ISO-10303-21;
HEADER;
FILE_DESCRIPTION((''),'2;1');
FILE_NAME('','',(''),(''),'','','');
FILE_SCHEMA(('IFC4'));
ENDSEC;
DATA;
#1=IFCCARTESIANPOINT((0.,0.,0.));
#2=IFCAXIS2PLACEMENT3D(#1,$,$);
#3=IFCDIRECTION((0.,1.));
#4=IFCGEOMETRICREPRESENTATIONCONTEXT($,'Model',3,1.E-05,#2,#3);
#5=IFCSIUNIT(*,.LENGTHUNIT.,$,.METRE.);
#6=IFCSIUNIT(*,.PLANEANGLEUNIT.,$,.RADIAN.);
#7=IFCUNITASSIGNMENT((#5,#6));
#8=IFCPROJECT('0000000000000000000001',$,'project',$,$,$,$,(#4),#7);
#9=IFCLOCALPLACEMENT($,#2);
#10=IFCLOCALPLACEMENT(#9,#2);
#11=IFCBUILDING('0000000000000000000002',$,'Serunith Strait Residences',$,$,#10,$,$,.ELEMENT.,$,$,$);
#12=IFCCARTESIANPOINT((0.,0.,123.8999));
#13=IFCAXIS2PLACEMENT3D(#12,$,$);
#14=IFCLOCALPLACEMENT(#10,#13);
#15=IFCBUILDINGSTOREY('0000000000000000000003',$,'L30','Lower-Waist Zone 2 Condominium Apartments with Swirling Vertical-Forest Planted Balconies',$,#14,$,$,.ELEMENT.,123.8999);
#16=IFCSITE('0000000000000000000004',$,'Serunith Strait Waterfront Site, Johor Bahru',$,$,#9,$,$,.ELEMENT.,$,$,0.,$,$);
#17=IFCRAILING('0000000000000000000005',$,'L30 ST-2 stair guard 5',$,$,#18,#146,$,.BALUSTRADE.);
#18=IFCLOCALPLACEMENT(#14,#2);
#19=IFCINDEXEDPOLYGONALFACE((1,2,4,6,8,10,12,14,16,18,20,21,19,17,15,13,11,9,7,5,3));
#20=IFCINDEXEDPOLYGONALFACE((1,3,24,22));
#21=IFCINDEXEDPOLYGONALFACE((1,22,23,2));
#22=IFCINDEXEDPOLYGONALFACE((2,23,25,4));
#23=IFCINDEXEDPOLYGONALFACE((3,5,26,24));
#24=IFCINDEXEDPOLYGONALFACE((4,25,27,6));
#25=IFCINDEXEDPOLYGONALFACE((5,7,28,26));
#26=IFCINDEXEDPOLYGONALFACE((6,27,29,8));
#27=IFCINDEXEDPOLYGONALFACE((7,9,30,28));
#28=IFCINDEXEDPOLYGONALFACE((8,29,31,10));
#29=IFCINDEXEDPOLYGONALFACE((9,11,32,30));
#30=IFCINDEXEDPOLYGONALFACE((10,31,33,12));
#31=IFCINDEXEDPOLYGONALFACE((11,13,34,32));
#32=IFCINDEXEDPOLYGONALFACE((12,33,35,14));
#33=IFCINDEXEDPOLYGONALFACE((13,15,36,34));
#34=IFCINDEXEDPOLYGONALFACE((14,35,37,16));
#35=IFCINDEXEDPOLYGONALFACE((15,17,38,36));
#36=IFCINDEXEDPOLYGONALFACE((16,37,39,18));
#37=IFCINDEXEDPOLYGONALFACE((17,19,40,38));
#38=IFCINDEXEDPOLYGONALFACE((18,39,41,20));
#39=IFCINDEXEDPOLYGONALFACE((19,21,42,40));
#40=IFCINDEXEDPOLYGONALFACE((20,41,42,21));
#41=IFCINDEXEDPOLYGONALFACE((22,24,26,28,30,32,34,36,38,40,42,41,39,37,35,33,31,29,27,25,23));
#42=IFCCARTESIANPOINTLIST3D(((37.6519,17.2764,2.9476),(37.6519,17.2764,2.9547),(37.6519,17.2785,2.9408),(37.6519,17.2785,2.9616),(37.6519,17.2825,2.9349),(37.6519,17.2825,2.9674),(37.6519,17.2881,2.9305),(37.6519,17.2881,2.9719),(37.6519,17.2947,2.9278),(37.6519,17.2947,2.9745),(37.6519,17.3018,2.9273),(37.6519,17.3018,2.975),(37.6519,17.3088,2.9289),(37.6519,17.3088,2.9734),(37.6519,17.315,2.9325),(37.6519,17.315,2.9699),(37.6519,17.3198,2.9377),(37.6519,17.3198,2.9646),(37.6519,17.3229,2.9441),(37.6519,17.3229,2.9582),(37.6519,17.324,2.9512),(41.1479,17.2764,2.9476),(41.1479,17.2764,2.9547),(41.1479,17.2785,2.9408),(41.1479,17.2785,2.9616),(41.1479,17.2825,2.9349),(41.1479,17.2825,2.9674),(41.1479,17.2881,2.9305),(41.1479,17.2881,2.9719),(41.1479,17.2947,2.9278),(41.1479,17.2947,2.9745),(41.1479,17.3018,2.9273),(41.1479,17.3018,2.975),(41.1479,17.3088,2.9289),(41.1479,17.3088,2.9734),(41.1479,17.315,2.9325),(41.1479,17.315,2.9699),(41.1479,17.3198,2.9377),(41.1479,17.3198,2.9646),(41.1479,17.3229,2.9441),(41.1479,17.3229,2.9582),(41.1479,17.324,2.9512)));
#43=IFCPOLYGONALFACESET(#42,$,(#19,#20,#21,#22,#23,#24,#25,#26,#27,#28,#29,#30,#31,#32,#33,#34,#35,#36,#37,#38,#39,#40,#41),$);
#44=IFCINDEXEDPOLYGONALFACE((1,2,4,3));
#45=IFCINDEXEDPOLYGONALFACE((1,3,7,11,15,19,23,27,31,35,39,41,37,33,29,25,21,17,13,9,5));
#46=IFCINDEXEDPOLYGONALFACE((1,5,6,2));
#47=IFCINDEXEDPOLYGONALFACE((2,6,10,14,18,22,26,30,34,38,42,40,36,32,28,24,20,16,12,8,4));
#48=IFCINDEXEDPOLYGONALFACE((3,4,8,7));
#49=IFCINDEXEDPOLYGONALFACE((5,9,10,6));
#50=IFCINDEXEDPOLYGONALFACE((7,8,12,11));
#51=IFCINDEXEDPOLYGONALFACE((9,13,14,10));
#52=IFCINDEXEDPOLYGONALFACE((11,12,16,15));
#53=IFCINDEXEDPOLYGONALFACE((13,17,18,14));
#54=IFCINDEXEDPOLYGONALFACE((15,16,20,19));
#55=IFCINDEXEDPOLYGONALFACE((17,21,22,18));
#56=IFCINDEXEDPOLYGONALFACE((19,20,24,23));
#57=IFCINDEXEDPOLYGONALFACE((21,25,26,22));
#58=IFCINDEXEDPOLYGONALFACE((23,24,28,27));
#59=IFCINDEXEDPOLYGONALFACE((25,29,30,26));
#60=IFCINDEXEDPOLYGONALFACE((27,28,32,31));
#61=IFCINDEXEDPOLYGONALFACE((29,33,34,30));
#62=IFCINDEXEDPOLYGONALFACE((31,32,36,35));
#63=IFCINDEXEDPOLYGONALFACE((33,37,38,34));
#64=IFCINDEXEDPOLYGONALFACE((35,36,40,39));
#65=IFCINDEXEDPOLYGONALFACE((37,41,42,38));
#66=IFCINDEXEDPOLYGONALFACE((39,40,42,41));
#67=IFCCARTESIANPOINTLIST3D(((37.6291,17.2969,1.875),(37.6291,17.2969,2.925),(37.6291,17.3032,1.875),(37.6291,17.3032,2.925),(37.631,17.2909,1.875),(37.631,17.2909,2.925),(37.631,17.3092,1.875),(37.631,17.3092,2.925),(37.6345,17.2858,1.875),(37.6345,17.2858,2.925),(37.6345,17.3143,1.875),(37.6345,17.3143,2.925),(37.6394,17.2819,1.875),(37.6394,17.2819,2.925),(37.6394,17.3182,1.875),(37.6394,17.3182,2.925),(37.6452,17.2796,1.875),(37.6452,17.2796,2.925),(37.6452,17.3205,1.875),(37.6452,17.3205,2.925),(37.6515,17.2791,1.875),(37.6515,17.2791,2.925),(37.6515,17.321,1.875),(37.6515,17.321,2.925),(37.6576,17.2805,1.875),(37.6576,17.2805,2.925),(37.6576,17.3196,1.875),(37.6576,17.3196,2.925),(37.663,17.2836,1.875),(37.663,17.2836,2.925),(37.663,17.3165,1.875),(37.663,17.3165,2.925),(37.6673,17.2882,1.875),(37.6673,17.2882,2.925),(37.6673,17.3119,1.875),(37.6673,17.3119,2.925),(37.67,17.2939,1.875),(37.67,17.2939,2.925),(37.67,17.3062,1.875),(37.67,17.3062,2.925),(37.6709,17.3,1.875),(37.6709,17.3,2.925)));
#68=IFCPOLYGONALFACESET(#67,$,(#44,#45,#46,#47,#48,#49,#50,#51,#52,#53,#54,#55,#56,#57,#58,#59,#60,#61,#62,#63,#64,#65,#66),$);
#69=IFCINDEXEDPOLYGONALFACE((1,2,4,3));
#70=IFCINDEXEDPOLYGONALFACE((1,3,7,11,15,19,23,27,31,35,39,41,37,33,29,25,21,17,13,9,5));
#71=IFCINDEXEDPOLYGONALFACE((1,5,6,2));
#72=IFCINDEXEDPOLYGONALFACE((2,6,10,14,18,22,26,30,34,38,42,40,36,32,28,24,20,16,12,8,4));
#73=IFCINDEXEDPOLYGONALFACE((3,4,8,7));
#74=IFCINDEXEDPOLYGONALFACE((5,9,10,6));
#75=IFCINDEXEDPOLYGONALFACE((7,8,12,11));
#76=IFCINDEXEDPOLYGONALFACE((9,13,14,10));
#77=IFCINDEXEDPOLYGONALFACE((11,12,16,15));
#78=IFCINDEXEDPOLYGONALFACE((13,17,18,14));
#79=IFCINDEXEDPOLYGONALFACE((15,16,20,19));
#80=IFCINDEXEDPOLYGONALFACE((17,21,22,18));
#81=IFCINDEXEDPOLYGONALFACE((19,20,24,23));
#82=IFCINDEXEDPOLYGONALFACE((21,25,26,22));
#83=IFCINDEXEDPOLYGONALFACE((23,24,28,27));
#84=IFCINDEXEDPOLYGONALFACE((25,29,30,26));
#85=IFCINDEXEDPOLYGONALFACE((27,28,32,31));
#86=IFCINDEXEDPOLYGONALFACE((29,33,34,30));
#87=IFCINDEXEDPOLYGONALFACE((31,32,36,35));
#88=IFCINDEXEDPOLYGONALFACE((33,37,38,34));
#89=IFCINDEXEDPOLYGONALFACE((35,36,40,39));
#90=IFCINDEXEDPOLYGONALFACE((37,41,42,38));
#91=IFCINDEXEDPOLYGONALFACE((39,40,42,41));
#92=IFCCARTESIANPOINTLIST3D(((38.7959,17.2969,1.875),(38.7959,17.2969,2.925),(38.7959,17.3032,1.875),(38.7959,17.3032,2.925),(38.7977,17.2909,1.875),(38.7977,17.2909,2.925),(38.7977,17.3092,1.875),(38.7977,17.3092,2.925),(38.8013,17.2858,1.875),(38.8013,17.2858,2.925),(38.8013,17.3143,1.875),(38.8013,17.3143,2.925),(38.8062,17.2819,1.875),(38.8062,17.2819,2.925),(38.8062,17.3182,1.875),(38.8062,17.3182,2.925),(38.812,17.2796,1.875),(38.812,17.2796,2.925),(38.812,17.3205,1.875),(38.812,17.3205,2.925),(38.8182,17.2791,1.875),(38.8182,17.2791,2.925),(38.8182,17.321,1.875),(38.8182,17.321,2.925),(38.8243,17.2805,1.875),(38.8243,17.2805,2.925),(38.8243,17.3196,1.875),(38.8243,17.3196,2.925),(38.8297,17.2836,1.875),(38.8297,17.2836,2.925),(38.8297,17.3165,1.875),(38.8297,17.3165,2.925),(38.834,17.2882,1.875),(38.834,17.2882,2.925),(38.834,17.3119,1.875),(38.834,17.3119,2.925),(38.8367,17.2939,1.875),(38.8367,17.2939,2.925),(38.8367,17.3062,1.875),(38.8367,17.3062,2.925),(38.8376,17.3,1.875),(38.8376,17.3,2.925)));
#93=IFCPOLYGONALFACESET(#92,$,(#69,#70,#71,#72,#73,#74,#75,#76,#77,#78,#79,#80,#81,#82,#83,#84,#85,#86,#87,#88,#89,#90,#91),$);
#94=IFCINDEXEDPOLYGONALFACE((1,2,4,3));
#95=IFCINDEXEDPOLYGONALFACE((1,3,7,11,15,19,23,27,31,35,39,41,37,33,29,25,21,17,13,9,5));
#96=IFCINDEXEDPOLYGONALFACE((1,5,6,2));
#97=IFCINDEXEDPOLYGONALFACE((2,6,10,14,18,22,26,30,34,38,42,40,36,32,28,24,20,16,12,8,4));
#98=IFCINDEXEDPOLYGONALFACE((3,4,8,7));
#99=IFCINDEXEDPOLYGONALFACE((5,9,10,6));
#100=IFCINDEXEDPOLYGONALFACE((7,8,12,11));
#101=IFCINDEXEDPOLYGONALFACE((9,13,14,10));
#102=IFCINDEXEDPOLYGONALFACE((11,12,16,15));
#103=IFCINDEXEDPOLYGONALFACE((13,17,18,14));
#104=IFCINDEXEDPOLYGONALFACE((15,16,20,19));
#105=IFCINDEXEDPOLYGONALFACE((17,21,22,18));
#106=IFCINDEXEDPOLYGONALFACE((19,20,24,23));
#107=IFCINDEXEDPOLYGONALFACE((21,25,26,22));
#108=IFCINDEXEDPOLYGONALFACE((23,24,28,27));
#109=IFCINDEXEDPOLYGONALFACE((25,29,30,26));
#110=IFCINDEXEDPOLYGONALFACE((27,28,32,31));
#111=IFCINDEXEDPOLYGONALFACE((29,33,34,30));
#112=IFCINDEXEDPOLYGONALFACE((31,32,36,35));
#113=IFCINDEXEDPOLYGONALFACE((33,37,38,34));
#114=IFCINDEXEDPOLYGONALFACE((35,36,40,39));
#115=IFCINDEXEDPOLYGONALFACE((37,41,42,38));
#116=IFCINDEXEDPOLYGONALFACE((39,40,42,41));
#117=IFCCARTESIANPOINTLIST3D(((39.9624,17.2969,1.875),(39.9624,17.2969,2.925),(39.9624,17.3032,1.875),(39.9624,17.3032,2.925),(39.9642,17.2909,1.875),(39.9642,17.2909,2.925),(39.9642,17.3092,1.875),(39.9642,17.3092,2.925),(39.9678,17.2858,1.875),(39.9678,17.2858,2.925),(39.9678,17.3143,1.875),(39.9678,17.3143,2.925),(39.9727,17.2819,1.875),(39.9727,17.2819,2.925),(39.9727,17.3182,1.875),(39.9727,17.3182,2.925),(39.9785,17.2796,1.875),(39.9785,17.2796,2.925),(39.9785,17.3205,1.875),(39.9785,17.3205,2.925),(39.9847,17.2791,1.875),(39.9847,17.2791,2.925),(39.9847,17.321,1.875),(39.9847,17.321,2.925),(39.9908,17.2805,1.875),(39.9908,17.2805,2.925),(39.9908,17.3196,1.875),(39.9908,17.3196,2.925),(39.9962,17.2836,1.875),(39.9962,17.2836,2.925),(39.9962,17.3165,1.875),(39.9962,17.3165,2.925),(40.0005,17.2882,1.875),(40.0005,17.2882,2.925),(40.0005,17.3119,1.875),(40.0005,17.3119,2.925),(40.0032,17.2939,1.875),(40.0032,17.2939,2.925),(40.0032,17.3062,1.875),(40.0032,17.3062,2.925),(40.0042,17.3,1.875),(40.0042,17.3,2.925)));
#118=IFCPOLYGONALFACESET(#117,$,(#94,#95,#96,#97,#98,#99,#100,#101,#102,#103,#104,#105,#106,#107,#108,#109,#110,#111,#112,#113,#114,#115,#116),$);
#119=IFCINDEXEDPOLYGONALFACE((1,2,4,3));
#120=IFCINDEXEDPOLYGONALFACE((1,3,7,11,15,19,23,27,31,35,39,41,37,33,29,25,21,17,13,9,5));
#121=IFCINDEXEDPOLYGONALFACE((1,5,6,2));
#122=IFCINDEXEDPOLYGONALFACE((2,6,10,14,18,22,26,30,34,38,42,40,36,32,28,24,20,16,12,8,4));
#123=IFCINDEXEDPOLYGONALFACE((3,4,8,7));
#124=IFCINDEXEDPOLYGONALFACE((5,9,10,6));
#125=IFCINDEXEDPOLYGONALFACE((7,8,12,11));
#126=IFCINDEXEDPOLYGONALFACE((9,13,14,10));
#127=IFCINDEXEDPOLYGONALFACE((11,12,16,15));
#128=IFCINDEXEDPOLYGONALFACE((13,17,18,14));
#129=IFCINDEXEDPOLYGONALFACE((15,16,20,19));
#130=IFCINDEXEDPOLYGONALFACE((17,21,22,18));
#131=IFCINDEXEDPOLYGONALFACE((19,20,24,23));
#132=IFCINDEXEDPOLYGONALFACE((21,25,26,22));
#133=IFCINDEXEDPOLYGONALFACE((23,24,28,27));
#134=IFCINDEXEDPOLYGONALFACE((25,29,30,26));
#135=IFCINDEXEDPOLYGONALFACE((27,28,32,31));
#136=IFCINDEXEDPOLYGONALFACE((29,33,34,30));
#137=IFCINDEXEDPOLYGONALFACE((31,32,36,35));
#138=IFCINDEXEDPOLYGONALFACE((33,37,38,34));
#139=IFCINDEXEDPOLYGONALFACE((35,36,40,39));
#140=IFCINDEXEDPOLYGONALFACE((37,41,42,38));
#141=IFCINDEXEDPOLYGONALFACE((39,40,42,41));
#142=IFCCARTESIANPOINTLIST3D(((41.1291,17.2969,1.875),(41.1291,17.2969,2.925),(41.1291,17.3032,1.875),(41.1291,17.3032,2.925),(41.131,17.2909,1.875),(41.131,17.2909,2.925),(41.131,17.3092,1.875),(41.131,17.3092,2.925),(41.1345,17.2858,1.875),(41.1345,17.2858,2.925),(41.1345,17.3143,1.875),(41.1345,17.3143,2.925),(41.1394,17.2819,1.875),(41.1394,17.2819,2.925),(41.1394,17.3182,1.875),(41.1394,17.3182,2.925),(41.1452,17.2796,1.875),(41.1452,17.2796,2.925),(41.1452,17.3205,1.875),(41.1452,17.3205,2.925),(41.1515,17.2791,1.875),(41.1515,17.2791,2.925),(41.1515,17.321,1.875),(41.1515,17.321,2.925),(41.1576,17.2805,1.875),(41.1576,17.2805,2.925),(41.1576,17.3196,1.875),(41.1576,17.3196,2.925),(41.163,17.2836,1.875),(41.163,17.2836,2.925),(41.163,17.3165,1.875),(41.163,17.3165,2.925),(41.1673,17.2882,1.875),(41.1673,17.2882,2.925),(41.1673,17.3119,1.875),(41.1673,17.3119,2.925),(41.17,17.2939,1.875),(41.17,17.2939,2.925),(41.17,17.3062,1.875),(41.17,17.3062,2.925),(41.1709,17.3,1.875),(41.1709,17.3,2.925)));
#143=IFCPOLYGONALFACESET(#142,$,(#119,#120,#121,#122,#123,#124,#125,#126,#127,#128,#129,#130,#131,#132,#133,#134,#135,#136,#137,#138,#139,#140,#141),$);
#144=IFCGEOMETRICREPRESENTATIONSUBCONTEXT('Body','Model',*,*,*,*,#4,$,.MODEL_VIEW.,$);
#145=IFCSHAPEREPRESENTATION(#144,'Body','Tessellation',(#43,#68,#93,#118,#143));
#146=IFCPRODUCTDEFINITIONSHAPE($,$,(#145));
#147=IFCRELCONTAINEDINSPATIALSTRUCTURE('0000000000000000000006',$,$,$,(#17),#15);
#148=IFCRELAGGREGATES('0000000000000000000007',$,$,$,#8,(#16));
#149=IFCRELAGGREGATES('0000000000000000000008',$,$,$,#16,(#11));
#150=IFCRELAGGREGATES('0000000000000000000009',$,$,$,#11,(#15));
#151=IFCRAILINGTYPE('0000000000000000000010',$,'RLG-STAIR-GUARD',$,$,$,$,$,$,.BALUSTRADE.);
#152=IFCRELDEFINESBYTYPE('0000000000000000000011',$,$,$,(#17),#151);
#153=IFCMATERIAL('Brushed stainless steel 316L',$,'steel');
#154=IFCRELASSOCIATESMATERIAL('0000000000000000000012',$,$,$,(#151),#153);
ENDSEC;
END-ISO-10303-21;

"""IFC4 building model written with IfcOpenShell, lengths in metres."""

from ifc_helpers import new_model, si_unit, direction, frame, origin, origin_2d, place, context, subcontext, project, spatial, circle, extrude, material, type_object, element, save


model = new_model("IFC4")

# Units and contexts
model_context = context("Model", 3, precision=1e-05, world=origin(), true_north=direction((0.0, 1.0)))
body_context = subcontext(model_context, "Body", "Model", "MODEL_VIEW")
ifc_project = project(units=[si_unit("LENGTHUNIT", "METRE"), si_unit("PLANEANGLEUNIT", "RADIAN")], contexts=[model_context])

# Site, building, storey
site_placement = place(None, origin())
site = spatial("IfcSite", under=ifc_project, at=site_placement, Name="Serunith Strait Waterfront Site, Johor Bahru", CompositionType="ELEMENT", RefElevation=0.0)
building_placement = place(site_placement, origin())
building = spatial("IfcBuilding", under=site, at=building_placement, Name="Serunith Strait Residences", CompositionType="ELEMENT")
storey_placement = place(building_placement, frame((0.0, 0.0, 123.8999)))
storey = spatial("IfcBuildingStorey", under=building, at=storey_placement, Name="L30", Description="Lower-Waist Zone 2 Condominium Apartments with Swirling Vertical-Forest Planted Balconies", CompositionType="ELEMENT", Elevation=123.8999)

# Railing
ifc_material_1 = material(Name="Brushed stainless steel 316L", Category="steel")
railing_type_1 = type_object("IfcRailingType", Name="RLG-STAIR-GUARD", PredefinedType="BALUSTRADE", material=ifc_material_1)
railing_1_placement = place(storey_placement, frame((37.6499, 17.3, 1.875)))
element("IfcRailing", 1, at=railing_1_placement, inside=storey, type_object=railing_type_1, Name="L30 ST-2 stair guard 5", PredefinedType="BALUSTRADE", context=body_context, shape_type="SweptSolid", body=[
    extrude(circle(Radius=0.0239, at=origin_2d()), frame((0.002, 0.0, 1.0762), z_axis=(1.0, 0.0, 0.0), x_axis=(0.0, 1.0, 0.0)), (0.0, 0.0, 1.0), 3.4961),
    extrude(circle(Radius=0.021, at=origin_2d()), origin(), (0.0, 0.0, 1.0), 1.05),
    extrude(circle(Radius=0.021, at=origin_2d()), frame((1.1667, 0.0, 0.0)), (0.0, 0.0, 1.0), 1.05),
    extrude(circle(Radius=0.021, at=origin_2d()), frame((2.3333, 0.0, 0.0)), (0.0, 0.0, 1.0), 1.05),
    extrude(circle(Radius=0.021, at=origin_2d()), frame((3.5, 0.0, 0.0)), (0.0, 0.0, 1.0), 1.05),
])

save(model, "model.ifc")
